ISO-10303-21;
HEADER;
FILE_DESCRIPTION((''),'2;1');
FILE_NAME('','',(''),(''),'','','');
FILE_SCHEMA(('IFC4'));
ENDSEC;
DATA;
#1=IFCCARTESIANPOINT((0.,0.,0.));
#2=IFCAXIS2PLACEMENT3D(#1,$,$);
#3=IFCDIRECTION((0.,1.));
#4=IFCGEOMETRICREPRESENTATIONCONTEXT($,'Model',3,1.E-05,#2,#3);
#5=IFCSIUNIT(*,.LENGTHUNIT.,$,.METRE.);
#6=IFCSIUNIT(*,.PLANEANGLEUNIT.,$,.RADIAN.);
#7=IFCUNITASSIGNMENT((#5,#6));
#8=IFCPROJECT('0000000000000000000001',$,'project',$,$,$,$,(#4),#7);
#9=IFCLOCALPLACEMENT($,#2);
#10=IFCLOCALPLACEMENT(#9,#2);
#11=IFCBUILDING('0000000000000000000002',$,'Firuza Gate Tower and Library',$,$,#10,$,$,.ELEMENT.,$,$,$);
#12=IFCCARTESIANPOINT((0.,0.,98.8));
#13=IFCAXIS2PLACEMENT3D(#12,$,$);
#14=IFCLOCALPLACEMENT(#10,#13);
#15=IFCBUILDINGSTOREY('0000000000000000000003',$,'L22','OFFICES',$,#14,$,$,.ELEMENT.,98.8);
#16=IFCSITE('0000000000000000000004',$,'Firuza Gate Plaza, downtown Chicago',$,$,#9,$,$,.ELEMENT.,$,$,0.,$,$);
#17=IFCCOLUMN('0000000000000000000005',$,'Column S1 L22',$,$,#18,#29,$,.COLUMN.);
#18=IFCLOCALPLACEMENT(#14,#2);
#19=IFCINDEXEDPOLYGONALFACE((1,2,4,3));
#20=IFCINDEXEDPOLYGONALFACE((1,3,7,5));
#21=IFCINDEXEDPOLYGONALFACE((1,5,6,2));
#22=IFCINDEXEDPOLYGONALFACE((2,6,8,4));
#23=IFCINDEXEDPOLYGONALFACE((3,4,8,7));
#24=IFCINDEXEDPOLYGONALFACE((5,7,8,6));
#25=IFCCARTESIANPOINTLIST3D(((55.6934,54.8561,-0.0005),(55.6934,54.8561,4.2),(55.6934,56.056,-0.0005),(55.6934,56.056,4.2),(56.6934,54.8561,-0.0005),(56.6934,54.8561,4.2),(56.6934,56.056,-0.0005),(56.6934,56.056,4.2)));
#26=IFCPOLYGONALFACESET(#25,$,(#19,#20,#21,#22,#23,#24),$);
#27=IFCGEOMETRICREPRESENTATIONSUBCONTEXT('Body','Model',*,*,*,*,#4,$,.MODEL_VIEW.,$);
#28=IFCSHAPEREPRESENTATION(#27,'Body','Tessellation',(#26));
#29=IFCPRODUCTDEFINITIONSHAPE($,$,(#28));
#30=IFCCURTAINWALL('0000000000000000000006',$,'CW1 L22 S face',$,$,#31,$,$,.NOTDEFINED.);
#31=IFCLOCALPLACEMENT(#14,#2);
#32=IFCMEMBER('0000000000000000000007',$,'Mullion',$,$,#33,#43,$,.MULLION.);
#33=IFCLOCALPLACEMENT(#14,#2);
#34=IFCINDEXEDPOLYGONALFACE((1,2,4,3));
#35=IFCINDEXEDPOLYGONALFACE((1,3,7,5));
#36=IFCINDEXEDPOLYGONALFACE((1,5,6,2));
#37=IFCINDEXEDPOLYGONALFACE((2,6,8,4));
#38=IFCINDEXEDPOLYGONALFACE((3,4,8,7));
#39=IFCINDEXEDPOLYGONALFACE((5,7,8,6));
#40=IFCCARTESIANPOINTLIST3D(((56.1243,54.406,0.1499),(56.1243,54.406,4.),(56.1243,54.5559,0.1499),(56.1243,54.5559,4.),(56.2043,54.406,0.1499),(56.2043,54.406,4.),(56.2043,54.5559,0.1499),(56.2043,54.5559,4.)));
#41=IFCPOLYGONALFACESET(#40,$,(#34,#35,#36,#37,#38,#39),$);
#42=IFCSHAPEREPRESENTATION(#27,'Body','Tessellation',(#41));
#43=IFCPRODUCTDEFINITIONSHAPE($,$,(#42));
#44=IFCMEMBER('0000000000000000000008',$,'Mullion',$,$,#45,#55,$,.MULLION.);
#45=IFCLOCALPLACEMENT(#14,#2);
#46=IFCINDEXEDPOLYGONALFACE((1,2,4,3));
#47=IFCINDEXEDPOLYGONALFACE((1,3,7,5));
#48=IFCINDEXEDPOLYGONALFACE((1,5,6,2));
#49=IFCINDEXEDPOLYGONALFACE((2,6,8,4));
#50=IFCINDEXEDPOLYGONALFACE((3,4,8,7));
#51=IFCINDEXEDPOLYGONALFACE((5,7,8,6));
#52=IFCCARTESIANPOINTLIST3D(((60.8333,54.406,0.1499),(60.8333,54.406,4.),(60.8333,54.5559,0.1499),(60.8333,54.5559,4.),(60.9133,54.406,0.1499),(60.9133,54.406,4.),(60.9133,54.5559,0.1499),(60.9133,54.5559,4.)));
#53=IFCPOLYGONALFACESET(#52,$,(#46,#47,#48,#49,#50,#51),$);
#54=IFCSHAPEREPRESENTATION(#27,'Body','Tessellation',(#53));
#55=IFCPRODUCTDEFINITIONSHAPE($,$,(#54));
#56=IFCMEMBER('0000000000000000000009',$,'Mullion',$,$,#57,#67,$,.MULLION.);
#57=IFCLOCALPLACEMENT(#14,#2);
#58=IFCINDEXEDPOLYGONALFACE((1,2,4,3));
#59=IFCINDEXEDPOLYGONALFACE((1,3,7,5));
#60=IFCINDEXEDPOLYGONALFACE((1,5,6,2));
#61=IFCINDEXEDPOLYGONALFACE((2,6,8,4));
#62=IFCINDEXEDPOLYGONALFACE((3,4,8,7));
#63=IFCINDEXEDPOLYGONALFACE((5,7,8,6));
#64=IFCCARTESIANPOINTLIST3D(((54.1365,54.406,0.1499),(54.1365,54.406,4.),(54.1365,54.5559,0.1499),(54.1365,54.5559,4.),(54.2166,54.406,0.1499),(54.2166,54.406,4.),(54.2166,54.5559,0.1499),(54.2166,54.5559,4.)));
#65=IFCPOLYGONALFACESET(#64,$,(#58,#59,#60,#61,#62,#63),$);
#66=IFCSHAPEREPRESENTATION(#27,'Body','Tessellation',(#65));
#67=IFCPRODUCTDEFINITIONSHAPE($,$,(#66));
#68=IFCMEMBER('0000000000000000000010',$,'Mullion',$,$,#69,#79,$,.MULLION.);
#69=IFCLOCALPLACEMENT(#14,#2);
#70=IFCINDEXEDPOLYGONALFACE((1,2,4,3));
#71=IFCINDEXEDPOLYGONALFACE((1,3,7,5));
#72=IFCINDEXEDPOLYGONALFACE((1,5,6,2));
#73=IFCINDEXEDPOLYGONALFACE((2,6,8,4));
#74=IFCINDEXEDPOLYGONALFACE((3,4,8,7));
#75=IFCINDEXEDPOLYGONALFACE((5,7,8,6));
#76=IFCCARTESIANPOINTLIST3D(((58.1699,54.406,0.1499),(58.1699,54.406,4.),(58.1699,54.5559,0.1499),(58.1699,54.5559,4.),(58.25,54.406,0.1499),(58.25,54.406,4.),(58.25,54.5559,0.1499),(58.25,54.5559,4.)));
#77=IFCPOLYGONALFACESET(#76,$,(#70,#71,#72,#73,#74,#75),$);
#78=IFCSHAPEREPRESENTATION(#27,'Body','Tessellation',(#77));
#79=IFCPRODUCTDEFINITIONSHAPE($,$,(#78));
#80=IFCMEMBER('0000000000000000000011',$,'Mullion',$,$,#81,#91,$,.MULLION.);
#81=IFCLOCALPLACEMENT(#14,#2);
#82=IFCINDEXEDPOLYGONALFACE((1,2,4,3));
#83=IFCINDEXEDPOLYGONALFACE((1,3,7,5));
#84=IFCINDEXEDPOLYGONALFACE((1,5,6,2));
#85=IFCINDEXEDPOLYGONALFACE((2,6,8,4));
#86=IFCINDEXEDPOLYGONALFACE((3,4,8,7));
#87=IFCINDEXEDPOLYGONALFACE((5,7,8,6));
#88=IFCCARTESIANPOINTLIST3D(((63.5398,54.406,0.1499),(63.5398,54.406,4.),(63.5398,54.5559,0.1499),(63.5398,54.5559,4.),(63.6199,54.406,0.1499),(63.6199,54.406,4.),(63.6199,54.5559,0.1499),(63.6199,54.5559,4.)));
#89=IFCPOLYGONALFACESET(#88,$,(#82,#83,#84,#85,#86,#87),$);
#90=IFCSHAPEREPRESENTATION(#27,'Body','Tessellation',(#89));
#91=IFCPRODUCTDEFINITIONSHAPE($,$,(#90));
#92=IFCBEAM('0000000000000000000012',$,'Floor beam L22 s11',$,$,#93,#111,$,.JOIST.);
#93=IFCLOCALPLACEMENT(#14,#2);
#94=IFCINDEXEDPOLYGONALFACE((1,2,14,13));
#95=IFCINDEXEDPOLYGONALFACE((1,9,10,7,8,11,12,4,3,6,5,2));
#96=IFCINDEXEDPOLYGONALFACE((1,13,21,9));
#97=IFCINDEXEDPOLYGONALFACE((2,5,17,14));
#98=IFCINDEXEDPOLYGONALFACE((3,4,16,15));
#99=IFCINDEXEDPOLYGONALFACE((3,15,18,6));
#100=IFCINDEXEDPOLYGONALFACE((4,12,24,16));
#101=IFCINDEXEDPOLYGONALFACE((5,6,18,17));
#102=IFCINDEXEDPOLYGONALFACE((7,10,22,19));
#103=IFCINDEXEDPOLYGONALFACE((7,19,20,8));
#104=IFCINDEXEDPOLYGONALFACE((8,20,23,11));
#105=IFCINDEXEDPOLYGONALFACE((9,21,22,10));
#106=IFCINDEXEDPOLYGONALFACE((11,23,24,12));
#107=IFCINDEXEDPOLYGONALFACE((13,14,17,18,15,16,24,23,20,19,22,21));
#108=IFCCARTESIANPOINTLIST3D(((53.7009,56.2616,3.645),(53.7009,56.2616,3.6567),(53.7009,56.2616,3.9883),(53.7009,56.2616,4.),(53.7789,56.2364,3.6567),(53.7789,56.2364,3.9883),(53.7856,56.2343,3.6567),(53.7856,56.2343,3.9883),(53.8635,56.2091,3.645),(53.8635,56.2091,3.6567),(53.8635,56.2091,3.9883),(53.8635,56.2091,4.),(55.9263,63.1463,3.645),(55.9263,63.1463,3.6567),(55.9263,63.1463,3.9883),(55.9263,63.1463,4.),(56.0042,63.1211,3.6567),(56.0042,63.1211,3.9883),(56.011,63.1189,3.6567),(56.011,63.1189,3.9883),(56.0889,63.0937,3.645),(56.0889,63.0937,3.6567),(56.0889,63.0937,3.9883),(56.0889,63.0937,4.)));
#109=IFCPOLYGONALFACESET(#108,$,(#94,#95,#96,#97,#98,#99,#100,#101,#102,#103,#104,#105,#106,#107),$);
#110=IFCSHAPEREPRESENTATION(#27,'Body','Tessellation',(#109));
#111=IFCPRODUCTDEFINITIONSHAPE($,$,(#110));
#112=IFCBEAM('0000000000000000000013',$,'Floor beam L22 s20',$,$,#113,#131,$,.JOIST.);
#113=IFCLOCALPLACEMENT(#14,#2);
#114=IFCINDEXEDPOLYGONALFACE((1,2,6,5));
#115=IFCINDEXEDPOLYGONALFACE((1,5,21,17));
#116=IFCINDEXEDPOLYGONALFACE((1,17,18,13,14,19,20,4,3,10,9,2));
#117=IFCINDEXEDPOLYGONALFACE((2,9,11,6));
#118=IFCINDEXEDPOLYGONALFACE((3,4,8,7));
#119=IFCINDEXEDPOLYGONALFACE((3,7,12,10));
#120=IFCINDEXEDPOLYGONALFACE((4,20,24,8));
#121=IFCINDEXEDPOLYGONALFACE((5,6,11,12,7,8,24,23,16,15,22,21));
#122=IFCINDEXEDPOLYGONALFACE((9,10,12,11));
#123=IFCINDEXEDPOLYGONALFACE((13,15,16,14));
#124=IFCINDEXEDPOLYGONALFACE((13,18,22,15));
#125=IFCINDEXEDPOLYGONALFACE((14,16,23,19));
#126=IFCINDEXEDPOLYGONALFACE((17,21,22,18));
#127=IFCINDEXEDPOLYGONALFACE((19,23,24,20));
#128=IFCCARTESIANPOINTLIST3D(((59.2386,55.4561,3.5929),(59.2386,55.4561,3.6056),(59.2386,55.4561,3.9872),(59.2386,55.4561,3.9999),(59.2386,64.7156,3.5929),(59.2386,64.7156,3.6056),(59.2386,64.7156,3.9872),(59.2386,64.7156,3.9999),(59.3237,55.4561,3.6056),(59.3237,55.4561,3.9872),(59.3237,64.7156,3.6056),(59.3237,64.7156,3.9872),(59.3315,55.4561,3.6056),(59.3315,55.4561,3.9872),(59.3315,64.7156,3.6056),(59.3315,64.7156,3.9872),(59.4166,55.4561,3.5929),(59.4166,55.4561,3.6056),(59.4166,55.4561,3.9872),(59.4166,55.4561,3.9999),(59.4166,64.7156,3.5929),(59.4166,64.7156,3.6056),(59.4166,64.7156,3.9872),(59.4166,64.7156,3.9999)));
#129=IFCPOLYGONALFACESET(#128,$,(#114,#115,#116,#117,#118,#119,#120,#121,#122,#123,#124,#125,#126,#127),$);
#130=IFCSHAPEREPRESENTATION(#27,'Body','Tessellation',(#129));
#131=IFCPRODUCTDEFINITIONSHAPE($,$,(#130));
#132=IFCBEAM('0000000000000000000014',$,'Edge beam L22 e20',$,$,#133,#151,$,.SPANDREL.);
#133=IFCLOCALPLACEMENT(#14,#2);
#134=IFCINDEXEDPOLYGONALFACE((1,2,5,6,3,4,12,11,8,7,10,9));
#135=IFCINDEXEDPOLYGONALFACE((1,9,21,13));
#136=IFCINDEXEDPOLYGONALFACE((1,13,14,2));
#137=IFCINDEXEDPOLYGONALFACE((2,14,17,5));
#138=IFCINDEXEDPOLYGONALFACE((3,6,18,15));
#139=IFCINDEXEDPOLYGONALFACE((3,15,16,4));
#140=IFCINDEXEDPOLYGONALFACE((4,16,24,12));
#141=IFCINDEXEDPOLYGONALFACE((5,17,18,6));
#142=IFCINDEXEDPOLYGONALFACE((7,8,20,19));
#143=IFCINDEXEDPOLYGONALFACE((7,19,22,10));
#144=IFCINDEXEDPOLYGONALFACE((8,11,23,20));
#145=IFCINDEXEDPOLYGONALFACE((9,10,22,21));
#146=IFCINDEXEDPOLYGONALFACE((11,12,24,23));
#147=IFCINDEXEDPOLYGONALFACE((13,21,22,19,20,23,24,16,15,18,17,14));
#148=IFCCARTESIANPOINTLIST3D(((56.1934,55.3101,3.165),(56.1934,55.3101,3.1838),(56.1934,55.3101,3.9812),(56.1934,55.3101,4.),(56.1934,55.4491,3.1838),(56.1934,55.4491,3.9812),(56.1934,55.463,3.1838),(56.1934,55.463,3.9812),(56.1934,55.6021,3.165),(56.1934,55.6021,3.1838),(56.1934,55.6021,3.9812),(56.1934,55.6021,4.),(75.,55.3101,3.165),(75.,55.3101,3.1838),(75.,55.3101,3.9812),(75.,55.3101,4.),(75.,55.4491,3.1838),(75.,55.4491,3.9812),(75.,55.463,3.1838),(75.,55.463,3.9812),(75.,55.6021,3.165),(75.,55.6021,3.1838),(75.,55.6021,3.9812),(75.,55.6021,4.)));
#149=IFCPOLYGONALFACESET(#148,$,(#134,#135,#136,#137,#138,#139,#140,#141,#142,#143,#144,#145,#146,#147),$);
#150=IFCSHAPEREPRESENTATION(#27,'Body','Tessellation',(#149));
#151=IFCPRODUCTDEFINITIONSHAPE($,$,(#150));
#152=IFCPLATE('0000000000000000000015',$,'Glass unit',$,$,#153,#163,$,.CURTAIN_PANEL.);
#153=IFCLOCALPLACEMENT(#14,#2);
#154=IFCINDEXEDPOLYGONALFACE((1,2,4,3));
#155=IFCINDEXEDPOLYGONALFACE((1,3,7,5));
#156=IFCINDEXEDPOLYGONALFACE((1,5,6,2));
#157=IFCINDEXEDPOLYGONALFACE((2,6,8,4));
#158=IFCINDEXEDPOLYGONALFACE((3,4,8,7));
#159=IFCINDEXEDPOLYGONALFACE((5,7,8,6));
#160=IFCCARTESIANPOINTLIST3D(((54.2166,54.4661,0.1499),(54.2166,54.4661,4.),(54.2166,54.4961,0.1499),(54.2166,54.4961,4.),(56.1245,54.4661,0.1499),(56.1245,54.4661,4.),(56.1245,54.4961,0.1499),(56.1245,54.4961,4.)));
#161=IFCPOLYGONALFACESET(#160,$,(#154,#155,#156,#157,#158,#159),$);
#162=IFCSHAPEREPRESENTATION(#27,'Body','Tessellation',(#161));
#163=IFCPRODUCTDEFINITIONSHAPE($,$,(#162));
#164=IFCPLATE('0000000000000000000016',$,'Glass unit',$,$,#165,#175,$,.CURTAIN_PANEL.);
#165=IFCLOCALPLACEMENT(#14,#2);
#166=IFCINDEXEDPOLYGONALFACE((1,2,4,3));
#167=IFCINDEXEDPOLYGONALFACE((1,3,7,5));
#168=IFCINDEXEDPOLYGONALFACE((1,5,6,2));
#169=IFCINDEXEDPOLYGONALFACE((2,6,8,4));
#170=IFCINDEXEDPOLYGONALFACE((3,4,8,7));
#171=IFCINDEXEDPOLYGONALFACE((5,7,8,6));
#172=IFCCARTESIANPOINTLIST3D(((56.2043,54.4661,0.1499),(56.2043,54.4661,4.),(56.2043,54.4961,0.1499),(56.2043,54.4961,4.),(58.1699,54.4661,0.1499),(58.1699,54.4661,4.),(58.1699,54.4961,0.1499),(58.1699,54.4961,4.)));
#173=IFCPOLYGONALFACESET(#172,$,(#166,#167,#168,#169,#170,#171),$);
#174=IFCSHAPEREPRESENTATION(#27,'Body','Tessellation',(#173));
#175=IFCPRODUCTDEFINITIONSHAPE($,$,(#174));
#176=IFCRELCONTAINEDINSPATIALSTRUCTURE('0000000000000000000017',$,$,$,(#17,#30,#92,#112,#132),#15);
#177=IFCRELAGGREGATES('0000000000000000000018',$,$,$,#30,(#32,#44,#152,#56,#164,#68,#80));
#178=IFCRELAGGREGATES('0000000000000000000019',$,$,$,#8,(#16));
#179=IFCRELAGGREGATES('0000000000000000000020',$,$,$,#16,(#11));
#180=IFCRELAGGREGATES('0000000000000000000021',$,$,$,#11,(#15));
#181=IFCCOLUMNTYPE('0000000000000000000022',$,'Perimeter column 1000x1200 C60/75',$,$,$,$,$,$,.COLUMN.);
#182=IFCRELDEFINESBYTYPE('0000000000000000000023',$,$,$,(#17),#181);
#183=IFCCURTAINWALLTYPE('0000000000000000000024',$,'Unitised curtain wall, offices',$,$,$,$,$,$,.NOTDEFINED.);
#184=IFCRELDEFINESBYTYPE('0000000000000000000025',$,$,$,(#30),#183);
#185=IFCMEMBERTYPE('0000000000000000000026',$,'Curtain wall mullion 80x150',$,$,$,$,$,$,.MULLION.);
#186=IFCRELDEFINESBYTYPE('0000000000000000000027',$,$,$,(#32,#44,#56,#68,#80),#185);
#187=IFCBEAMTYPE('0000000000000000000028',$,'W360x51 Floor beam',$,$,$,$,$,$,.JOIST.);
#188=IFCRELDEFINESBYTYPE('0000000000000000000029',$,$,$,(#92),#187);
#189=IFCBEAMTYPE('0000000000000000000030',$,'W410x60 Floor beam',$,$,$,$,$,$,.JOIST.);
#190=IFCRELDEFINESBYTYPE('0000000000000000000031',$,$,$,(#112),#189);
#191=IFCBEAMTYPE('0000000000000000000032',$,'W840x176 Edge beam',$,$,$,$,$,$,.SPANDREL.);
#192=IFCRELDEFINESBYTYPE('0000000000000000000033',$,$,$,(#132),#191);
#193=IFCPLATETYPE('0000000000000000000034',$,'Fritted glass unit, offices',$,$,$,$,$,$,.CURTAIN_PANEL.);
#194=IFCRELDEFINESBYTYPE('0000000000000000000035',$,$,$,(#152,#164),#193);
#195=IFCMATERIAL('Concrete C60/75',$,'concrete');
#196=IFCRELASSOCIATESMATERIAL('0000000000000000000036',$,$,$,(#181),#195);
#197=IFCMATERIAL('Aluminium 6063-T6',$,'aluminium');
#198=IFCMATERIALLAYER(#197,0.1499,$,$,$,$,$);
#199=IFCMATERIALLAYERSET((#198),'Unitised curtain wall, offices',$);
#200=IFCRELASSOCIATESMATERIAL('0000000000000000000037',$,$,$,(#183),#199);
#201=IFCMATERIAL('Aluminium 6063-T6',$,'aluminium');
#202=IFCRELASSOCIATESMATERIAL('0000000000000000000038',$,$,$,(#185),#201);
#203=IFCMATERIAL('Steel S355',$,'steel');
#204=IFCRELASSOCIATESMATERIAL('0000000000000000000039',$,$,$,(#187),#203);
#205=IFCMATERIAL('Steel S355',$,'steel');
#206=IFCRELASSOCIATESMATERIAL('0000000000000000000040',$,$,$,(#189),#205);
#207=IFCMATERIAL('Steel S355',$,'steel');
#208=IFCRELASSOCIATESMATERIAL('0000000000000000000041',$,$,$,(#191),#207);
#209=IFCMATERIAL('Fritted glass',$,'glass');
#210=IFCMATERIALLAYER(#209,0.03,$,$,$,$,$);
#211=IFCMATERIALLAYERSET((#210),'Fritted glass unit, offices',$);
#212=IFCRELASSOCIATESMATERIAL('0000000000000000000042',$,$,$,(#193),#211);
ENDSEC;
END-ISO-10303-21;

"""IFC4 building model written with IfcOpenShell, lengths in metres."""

from ifc_helpers import new_model, si_unit, direction, frame, origin, origin_2d, place, context, subcontext, project, spatial, polyline, rectangle, i_section, outline, extrude, material, layer, layer_set, material_profile, profile_set, type_object, element, aggregate, save


model = new_model("IFC4")

# Units and contexts
model_context = context("Model", 3, precision=1e-05, world=origin(), true_north=direction((0.0, 1.0)))
body_context = subcontext(model_context, "Body", "Model", "MODEL_VIEW")
ifc_project = project(units=[si_unit("LENGTHUNIT", "METRE"), si_unit("PLANEANGLEUNIT", "RADIAN")], contexts=[model_context])

# Site, building, storey
site_placement = place(None, origin())
site = spatial("IfcSite", under=ifc_project, at=site_placement, Name="Firuza Gate Plaza, downtown Chicago", CompositionType="ELEMENT", RefElevation=0.0)
building_placement = place(site_placement, origin())
building = spatial("IfcBuilding", under=site, at=building_placement, Name="Firuza Gate Tower and Library", CompositionType="ELEMENT")
storey_placement = place(building_placement, frame((0.0, 0.0, 98.8)))
storey = spatial("IfcBuildingStorey", under=building, at=storey_placement, Name="L22", Description="OFFICES", CompositionType="ELEMENT", Elevation=98.8)

# Column
ifc_material_1 = material(Name="Concrete C60/75", Category="concrete")
ifc_material_profile_1 = material_profile(ifc_material_1, rectangle(XDim=1.0, YDim=1.2, at=origin_2d()))
ifc_profile_set_1 = profile_set([ifc_material_profile_1], Name="Concrete C60/75")
column_type = type_object("IfcColumnType", Name="Perimeter column 1000x1200 C60/75", PredefinedType="COLUMN", material=ifc_profile_set_1)
column_placement = place(storey_placement, frame((56.1934, 55.4561, -0.0005), z_axis=(0.0, 0.0, 1.0), x_axis=(1.0, 0.0, 0.0)))
element("IfcColumn", 1, at=column_placement, inside=storey, type_object=column_type, Name="Column S1 L22", PredefinedType="COLUMN", context=body_context, shape_type="SweptSolid", body=[
    extrude(rectangle(XDim=1.0, YDim=1.2, at=origin_2d()), origin(), (0.0, 0.0, 1.0), 4.2004),
])

# Curtain wall, members
ifc_material_2 = material(Name="Aluminium 6063-T6", Category="aluminium")
ifc_layer_1 = layer(ifc_material_2, 0.1499)
ifc_layer_set_1 = layer_set([ifc_layer_1], Name="Unitised curtain wall, offices")
curtain_wall_type = type_object("IfcCurtainWallType", Name="Unitised curtain wall, offices", PredefinedType="NOTDEFINED", material=ifc_layer_set_1)
curtain_wall_placement = place(storey_placement, origin())
curtain_wall = element("IfcCurtainWall", 2, at=curtain_wall_placement, inside=storey, type_object=curtain_wall_type, Name="CW1 L22 S face", PredefinedType="NOTDEFINED")
ifc_material_3 = material(Name="Aluminium 6063-T6", Category="aluminium")
ifc_material_profile_2 = material_profile(ifc_material_3, rectangle(XDim=0.1499, YDim=0.0801, at=origin_2d()))
ifc_profile_set_2 = profile_set([ifc_material_profile_2], Name="Aluminium 6063-T6")
member_type = type_object("IfcMemberType", Name="Curtain wall mullion 80x150", PredefinedType="MULLION", material=ifc_profile_set_2)
member_1_placement = place(storey_placement, frame((56.1643, 54.481, 0.1499), z_axis=(0.0, 0.0, 1.0), x_axis=(0.0, 1.0, 0.0)))
member_1 = element("IfcMember", 3, at=member_1_placement, type_object=member_type, Name="Mullion", PredefinedType="MULLION", context=body_context, shape_type="SweptSolid", body=[
    extrude(rectangle(XDim=0.1499, YDim=0.0801, at=origin_2d()), origin(), (0.0, 0.0, 1.0), 3.8501),
])
member_2_placement = place(storey_placement, frame((60.8733, 54.481, 0.1499), z_axis=(0.0, 0.0, 1.0), x_axis=(0.0, 1.0, 0.0)))
member_2 = element("IfcMember", 4, at=member_2_placement, type_object=member_type, Name="Mullion", PredefinedType="MULLION", context=body_context, shape_type="SweptSolid", body=[
    extrude(rectangle(XDim=0.1499, YDim=0.0801, at=origin_2d()), origin(), (0.0, 0.0, 1.0), 3.8501),
])
member_3_placement = place(storey_placement, frame((54.1765, 54.481, 0.1499), z_axis=(0.0, 0.0, 1.0), x_axis=(0.0, 1.0, 0.0)))
member_3 = element("IfcMember", 5, at=member_3_placement, type_object=member_type, Name="Mullion", PredefinedType="MULLION", context=body_context, shape_type="SweptSolid", body=[
    extrude(rectangle(XDim=0.1499, YDim=0.0801, at=origin_2d()), origin(), (0.0, 0.0, 1.0), 3.8501),
])
member_4_placement = place(storey_placement, frame((58.21, 54.481, 0.1499), z_axis=(0.0, 0.0, 1.0), x_axis=(0.0, 1.0, 0.0)))
member_4 = element("IfcMember", 6, at=member_4_placement, type_object=member_type, Name="Mullion", PredefinedType="MULLION", context=body_context, shape_type="SweptSolid", body=[
    extrude(rectangle(XDim=0.1499, YDim=0.0801, at=origin_2d()), origin(), (0.0, 0.0, 1.0), 3.8501),
])
member_5_placement = place(storey_placement, frame((63.5798, 54.481, 0.1499), z_axis=(0.0, 0.0, 1.0), x_axis=(0.0, 1.0, 0.0)))
member_5 = element("IfcMember", 7, at=member_5_placement, type_object=member_type, Name="Mullion", PredefinedType="MULLION", context=body_context, shape_type="SweptSolid", body=[
    extrude(rectangle(XDim=0.1499, YDim=0.0801, at=origin_2d()), origin(), (0.0, 0.0, 1.0), 3.8501),
])

# Beams
ifc_material_4 = material(Name="Steel S355", Category="steel")
ifc_material_profile_3 = material_profile(ifc_material_4, i_section(OverallWidth=0.1709, OverallDepth=0.355, WebThickness=0.0071, FlangeThickness=0.0117, at=origin_2d()))
ifc_profile_set_3 = profile_set([ifc_material_profile_3], Name="Steel S355")
beam_type_1 = type_object("IfcBeamType", Name="W360x51 Floor beam", PredefinedType="JOIST", material=ifc_profile_set_3)
beam_1_placement = place(storey_placement, frame((53.7822, 56.2354, 3.8225), z_axis=(0.30757, 0.951526, 0.0), x_axis=(-0.951526, 0.30757, 0.0)))
element("IfcBeam", 8, at=beam_1_placement, inside=storey, type_object=beam_type_1, Name="Floor beam L22 s11", PredefinedType="JOIST", context=body_context, shape_type="SweptSolid", body=[
    extrude(i_section(OverallWidth=0.1709, OverallDepth=0.355, WebThickness=0.0071, FlangeThickness=0.0117, at=origin_2d()), origin(), (0.0, 0.0, 1.0), 7.2354),
])
ifc_material_5 = material(Name="Steel S355", Category="steel")
ifc_material_profile_4 = material_profile(ifc_material_5, i_section(OverallWidth=0.178, OverallDepth=0.407, WebThickness=0.0078, FlangeThickness=0.0127, at=origin_2d()))
ifc_profile_set_4 = profile_set([ifc_material_profile_4], Name="Steel S355")
beam_type_2 = type_object("IfcBeamType", Name="W410x60 Floor beam", PredefinedType="JOIST", material=ifc_profile_set_4)
beam_2_placement = place(storey_placement, frame((59.3276, 55.4561, 3.7964), z_axis=(0.0, 1.0, 0.0), x_axis=(-1.0, 0.0, 0.0)))
element("IfcBeam", 9, at=beam_2_placement, inside=storey, type_object=beam_type_2, Name="Floor beam L22 s20", PredefinedType="JOIST", context=body_context, shape_type="SweptSolid", body=[
    extrude(i_section(OverallWidth=0.178, OverallDepth=0.407, WebThickness=0.0078, FlangeThickness=0.0127, at=origin_2d()), origin(), (0.0, 0.0, 1.0), 9.2595),
])
ifc_material_6 = material(Name="Steel S355", Category="steel")
ifc_material_profile_5 = material_profile(ifc_material_6, i_section(OverallWidth=0.292, OverallDepth=0.835, WebThickness=0.0139, FlangeThickness=0.0188, at=origin_2d()))
ifc_profile_set_5 = profile_set([ifc_material_profile_5], Name="Steel S355")
beam_type_3 = type_object("IfcBeamType", Name="W840x176 Edge beam", PredefinedType="SPANDREL", material=ifc_profile_set_5)
beam_3_placement = place(storey_placement, frame((56.1934, 55.4561, 3.5825), z_axis=(1.0, 0.0, 0.0), x_axis=(0.0, 1.0, 0.0)))
element("IfcBeam", 10, at=beam_3_placement, inside=storey, type_object=beam_type_3, Name="Edge beam L22 e20", PredefinedType="SPANDREL", context=body_context, shape_type="SweptSolid", body=[
    extrude(i_section(OverallWidth=0.292, OverallDepth=0.835, WebThickness=0.0139, FlangeThickness=0.0188, at=origin_2d()), origin(), (0.0, 0.0, 1.0), 18.8066),
])

# Plates
ifc_material_7 = material(Name="Fritted glass", Category="glass")
ifc_layer_2 = layer(ifc_material_7, 0.03)
ifc_layer_set_2 = layer_set([ifc_layer_2], Name="Fritted glass unit, offices")
plate_type_1 = type_object("IfcPlateType", Name="Fritted glass unit, offices", PredefinedType="CURTAIN_PANEL", material=ifc_layer_set_2)
plate_1_placement = place(storey_placement, frame((54.2166, 54.4661, 0.1499), z_axis=(0.0, -1.0, 0.0), x_axis=(1.0, 0.0, 0.0)))
plate_1 = element("IfcPlate", 11, at=plate_1_placement, type_object=plate_type_1, Name="Glass unit", PredefinedType="CURTAIN_PANEL", context=body_context, shape_type="SweptSolid", body=[
    extrude(outline(polyline([(0.0, 0.0), (1.908, 0.0), (1.908, 3.8501), (0.0, 3.8501), (0.0, 0.0)])), origin(), (0.0, 0.0, -1.0), 0.03),
])
plate_2_placement = place(storey_placement, frame((56.2043, 54.4661, 0.1499), z_axis=(0.0, -1.0, 0.0), x_axis=(1.0, 0.0, 0.0)))
plate_2 = element("IfcPlate", 12, at=plate_2_placement, type_object=plate_type_1, Name="Glass unit", PredefinedType="CURTAIN_PANEL", context=body_context, shape_type="SweptSolid", body=[
    extrude(outline(polyline([(0.0, 0.0), (1.9656, 0.0), (1.9656, 3.8501), (0.0, 3.8501), (0.0, 0.0)])), origin(), (0.0, 0.0, -1.0), 0.03),
])
aggregate(curtain_wall, [member_1, member_2, plate_1, member_3, plate_2, member_4, member_5])

save(model, "model.ifc")
